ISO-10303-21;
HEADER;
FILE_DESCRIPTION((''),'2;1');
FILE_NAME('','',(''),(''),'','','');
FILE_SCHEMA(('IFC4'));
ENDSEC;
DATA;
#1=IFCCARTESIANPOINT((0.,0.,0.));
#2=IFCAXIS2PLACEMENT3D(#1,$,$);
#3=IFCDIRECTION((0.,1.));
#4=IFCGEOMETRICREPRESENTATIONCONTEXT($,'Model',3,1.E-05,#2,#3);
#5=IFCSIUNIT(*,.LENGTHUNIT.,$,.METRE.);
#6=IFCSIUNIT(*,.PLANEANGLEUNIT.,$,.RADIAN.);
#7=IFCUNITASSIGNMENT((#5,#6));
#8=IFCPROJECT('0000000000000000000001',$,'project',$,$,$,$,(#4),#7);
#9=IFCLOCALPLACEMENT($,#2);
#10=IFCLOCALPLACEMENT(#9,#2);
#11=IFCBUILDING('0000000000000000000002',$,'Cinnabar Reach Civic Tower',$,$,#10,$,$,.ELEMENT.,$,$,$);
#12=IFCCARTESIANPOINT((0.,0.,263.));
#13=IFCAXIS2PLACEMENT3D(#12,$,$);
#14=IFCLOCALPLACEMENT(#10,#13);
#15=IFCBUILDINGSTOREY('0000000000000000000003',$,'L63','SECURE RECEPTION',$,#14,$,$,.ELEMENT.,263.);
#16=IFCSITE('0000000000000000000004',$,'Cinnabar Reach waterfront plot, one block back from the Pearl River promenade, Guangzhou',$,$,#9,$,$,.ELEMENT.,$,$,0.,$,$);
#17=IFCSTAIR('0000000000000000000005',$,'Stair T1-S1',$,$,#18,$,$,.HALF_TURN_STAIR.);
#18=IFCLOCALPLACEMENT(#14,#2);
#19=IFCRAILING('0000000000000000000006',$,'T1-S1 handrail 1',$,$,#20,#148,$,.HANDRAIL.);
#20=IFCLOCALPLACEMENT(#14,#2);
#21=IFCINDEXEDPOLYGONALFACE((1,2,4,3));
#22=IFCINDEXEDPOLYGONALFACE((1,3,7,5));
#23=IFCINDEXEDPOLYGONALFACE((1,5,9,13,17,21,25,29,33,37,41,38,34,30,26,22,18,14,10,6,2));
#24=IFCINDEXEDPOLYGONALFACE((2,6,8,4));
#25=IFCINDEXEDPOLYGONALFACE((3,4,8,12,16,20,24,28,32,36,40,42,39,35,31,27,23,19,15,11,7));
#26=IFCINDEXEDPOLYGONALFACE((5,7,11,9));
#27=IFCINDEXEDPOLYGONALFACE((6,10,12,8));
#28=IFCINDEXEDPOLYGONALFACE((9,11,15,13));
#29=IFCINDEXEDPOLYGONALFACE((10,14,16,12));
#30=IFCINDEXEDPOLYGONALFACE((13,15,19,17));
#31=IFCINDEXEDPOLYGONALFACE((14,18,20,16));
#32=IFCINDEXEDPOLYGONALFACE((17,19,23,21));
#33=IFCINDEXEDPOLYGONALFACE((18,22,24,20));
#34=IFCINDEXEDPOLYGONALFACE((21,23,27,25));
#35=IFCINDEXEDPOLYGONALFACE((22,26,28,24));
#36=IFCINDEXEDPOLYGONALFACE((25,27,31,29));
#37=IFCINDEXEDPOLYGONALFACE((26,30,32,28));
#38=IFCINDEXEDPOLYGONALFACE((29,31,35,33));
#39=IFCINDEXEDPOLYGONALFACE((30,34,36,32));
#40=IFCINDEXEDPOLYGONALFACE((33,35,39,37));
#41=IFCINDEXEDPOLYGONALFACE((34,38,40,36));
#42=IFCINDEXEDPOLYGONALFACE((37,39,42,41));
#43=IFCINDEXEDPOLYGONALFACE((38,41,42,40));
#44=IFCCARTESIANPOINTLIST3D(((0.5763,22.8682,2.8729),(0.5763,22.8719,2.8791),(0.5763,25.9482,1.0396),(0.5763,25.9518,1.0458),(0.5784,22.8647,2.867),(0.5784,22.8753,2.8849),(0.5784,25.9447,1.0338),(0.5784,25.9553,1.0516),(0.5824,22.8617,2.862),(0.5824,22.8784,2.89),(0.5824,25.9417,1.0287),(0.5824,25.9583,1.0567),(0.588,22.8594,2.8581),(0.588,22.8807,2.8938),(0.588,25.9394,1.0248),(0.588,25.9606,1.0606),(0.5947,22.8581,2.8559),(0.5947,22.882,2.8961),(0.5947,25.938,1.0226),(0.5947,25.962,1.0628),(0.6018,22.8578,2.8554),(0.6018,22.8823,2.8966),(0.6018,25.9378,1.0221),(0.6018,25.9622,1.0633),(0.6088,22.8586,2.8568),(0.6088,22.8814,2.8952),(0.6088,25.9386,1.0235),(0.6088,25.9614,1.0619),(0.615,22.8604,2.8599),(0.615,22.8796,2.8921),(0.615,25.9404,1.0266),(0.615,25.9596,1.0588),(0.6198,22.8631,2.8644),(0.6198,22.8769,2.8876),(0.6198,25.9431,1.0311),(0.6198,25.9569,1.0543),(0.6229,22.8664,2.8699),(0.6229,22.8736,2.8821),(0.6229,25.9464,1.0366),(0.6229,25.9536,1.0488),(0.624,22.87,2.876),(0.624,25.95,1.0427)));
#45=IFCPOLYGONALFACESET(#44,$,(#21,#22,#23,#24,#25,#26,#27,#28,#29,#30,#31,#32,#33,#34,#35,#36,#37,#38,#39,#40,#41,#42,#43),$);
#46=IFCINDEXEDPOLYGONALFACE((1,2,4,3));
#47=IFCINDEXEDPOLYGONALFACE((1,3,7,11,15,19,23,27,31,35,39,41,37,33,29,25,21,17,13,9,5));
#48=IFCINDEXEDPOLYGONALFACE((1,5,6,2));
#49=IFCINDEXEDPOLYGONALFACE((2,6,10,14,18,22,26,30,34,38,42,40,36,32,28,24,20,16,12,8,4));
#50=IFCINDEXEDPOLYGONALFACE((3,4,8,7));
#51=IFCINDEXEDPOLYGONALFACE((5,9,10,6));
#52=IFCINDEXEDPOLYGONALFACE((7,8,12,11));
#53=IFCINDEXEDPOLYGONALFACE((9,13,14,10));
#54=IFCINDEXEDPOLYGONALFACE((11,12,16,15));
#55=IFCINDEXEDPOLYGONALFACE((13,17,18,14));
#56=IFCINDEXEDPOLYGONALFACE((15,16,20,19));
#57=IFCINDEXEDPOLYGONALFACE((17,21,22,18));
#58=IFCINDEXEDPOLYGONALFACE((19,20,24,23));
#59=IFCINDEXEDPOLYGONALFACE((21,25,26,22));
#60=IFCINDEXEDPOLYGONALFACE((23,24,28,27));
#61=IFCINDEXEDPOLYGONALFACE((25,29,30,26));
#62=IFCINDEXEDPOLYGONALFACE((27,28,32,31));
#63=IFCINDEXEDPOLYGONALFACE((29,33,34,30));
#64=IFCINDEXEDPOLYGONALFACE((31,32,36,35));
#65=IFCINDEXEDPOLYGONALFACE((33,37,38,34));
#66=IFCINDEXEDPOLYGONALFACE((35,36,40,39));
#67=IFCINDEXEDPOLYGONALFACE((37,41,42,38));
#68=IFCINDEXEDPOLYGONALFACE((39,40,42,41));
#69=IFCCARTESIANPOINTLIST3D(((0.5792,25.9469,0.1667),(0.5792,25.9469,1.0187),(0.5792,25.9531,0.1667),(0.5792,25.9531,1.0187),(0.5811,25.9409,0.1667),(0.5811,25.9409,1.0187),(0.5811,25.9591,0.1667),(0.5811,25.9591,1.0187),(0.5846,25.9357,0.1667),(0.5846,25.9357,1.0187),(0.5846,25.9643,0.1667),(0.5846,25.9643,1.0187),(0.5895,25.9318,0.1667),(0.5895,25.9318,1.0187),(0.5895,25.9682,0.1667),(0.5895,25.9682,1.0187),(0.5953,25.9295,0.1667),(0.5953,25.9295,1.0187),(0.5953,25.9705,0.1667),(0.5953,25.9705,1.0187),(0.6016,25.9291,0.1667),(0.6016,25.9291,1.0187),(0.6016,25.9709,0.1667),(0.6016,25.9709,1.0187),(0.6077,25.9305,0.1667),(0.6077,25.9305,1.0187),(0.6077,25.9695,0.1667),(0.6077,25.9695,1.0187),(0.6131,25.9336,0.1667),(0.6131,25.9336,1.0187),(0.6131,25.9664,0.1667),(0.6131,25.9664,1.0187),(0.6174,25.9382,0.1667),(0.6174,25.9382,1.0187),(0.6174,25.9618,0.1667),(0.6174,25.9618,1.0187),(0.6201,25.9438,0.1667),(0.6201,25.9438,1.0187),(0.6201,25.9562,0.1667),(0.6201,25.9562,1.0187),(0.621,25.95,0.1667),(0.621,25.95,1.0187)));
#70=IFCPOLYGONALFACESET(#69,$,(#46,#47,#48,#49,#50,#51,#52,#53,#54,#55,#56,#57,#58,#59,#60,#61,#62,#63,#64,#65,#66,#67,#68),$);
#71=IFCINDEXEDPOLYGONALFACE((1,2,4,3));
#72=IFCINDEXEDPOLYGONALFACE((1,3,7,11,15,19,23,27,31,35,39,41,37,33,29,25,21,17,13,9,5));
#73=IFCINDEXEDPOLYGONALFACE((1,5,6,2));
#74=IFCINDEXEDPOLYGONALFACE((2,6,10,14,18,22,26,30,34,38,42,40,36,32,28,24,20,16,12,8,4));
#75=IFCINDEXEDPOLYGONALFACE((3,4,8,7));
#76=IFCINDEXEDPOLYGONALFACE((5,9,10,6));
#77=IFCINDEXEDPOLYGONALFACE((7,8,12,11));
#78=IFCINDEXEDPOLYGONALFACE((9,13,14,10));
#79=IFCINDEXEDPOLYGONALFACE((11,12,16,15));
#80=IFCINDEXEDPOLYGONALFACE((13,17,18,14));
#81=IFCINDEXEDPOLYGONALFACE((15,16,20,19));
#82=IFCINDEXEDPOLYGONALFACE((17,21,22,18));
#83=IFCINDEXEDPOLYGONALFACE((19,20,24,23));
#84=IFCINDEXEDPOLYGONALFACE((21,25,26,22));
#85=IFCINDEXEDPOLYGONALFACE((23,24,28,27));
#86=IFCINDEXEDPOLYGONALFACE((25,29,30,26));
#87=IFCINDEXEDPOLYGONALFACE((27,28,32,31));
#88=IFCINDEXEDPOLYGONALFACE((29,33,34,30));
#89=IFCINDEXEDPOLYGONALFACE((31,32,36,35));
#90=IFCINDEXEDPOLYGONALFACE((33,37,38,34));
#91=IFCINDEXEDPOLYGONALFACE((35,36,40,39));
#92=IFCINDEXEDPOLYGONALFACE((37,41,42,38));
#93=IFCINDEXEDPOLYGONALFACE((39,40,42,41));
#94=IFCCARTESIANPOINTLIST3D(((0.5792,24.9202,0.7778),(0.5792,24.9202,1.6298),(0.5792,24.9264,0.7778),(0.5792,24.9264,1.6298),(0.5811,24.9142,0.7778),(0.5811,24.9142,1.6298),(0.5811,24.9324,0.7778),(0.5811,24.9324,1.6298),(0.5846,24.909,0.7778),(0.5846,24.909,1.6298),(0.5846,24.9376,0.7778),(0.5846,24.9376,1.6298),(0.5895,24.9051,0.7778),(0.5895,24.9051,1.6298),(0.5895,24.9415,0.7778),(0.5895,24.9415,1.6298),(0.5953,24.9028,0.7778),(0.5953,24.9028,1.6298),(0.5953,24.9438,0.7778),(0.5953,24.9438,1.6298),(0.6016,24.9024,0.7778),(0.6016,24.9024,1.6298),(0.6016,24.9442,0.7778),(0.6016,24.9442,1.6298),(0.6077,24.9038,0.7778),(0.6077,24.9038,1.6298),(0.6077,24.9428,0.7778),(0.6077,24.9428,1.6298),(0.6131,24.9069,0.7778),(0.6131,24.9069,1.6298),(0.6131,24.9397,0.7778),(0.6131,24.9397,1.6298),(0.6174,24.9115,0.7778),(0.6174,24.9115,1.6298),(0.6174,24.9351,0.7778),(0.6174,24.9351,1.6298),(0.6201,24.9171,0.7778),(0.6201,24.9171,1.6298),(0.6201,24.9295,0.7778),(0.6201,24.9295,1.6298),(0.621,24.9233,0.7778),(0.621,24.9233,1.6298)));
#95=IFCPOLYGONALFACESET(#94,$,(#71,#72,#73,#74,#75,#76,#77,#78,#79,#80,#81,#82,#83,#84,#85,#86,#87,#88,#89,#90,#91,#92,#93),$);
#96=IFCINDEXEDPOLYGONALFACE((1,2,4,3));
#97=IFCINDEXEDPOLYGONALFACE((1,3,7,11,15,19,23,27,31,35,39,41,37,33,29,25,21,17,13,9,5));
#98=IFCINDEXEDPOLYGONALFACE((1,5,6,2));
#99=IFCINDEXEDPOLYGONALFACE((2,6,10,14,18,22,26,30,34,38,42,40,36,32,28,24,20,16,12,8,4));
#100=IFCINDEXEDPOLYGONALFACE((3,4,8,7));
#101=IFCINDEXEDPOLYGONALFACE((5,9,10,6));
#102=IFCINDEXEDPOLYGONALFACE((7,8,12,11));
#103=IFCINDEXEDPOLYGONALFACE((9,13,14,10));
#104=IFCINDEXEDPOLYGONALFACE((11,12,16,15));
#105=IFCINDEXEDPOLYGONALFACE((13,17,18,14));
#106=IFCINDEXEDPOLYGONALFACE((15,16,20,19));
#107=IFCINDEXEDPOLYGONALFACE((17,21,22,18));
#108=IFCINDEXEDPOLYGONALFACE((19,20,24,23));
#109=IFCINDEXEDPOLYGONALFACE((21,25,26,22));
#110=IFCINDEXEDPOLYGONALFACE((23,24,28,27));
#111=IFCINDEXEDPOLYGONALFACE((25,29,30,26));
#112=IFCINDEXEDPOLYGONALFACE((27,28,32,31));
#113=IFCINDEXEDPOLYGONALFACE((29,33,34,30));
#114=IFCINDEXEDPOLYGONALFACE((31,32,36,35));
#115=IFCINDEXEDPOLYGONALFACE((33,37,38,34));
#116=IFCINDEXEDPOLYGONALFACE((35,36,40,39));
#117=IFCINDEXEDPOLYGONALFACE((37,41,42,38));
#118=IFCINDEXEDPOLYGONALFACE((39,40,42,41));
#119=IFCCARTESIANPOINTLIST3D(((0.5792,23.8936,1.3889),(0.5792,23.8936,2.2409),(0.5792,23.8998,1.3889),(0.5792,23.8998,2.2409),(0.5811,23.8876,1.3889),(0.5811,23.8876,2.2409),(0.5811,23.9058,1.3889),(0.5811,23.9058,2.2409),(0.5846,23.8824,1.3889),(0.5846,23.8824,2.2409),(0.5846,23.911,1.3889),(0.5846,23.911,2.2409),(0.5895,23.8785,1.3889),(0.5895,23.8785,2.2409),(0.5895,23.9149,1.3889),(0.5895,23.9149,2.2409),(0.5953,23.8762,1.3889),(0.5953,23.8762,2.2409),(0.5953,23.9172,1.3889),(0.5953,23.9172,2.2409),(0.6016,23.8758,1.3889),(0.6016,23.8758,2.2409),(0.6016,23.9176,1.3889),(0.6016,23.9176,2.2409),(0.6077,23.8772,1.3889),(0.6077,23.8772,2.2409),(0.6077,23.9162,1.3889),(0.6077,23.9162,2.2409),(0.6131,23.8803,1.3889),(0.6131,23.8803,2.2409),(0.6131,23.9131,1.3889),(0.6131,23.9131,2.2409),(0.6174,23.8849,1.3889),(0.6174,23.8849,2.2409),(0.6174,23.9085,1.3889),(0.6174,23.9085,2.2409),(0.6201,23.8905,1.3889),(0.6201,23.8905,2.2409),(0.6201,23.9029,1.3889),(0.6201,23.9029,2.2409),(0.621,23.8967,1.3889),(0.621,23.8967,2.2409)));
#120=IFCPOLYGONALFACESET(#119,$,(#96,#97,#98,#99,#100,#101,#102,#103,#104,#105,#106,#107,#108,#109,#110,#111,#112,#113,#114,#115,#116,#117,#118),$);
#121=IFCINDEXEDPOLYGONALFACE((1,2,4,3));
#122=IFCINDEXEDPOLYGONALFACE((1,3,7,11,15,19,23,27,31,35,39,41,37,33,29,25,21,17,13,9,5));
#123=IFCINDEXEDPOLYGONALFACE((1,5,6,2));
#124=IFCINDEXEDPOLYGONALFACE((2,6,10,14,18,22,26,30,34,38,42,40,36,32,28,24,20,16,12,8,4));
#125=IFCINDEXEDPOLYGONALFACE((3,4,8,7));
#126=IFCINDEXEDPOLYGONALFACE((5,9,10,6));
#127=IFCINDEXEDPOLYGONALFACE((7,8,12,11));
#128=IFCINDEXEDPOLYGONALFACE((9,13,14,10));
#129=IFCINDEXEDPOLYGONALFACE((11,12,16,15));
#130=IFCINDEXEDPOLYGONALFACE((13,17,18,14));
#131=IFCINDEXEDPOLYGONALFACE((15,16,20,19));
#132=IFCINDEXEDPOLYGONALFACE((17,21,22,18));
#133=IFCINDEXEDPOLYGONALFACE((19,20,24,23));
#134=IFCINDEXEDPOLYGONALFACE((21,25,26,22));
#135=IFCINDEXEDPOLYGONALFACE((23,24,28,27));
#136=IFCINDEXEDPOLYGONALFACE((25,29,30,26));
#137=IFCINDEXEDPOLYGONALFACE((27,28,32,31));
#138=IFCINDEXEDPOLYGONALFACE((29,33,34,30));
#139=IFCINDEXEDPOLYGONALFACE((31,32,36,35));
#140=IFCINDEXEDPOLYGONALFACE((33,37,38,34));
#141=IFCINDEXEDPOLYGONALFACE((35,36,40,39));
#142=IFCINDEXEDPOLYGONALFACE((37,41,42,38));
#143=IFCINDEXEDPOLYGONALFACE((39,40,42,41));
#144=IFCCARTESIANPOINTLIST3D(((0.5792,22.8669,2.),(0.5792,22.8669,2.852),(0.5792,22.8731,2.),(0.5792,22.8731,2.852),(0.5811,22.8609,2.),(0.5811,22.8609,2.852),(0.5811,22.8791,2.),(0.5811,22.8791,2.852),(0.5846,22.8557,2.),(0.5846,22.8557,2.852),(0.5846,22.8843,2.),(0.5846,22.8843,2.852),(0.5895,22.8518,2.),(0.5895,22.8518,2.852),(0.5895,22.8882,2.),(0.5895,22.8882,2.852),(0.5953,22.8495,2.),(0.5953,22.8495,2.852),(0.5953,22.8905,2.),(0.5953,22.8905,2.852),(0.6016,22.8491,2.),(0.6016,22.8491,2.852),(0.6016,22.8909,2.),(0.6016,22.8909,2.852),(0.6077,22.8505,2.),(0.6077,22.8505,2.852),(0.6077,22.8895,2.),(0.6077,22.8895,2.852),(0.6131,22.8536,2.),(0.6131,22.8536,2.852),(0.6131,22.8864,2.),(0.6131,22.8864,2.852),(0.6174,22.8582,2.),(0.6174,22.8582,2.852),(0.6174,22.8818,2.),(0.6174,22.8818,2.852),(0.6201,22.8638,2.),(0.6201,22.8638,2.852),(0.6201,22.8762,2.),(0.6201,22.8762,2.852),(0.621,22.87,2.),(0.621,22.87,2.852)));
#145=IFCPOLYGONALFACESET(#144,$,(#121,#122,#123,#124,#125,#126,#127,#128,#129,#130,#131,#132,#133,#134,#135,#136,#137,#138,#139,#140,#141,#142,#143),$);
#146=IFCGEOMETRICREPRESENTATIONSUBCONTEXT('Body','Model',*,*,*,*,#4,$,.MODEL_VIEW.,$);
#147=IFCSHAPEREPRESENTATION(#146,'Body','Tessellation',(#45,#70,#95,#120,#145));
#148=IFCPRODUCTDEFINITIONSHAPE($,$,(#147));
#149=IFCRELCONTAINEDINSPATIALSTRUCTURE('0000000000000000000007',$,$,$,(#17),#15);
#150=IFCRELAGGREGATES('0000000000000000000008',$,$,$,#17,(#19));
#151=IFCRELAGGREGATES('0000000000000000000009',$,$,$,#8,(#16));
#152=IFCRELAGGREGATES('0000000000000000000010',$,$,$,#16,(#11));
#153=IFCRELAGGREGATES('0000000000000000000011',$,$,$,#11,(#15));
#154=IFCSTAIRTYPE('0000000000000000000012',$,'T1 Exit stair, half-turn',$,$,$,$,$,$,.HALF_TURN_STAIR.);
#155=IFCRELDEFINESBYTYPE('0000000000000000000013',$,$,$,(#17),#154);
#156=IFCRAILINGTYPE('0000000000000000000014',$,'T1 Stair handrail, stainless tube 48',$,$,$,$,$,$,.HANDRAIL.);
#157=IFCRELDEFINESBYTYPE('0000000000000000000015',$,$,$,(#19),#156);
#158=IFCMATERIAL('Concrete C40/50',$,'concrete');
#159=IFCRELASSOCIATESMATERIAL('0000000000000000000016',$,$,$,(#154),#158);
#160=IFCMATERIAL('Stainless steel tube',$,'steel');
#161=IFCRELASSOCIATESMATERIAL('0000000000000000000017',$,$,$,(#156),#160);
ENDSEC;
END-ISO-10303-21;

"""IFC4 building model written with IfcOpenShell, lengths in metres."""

from ifc_helpers import new_model, si_unit, direction, frame, origin, origin_2d, place, context, subcontext, project, spatial, circle, extrude, material, type_object, element, aggregate, save


model = new_model("IFC4")

# Units and contexts
model_context = context("Model", 3, precision=1e-05, world=origin(), true_north=direction((0.0, 1.0)))
body_context = subcontext(model_context, "Body", "Model", "MODEL_VIEW")
ifc_project = project(units=[si_unit("LENGTHUNIT", "METRE"), si_unit("PLANEANGLEUNIT", "RADIAN")], contexts=[model_context])

# Site, building, storey
site_placement = place(None, origin())
site = spatial("IfcSite", under=ifc_project, at=site_placement, Name="Cinnabar Reach waterfront plot, one block back from the Pearl River promenade, Guangzhou", CompositionType="ELEMENT", RefElevation=0.0)
building_placement = place(site_placement, origin())
building = spatial("IfcBuilding", under=site, at=building_placement, Name="Cinnabar Reach Civic Tower", CompositionType="ELEMENT")
storey_placement = place(building_placement, frame((0.0, 0.0, 263.0)))
storey = spatial("IfcBuildingStorey", under=building, at=storey_placement, Name="L63", Description="SECURE RECEPTION", CompositionType="ELEMENT", Elevation=263.0)

# Shared definitions
ifc_material_1 = material(Name="Concrete C40/50", Category="concrete")

# Stair, railing
stair_type = type_object("IfcStairType", Name="T1 Exit stair, half-turn", PredefinedType="HALF_TURN_STAIR", material=ifc_material_1)
stair_placement = place(storey_placement, origin())
stair = element("IfcStair", 1, at=stair_placement, inside=storey, type_object=stair_type, Name="Stair T1-S1", PredefinedType="HALF_TURN_STAIR")
ifc_material_2 = material(Name="Stainless steel tube", Category="steel")
railing_type = type_object("IfcRailingType", Name="T1 Stair handrail, stainless tube 48", PredefinedType="HANDRAIL", material=ifc_material_2)
railing_1_placement = place(storey_placement, frame((0.6, 25.95, 0.1667)))
railing_1 = element("IfcRailing", 2, at=railing_1_placement, type_object=railing_type, Name="T1-S1 handrail 1", PredefinedType="HANDRAIL", context=body_context, shape_type="SweptSolid", body=[
    extrude(circle(Radius=0.024, at=origin_2d()), frame((0.0, 0.0, 0.876), z_axis=(0.0, -0.859297, 0.511477), x_axis=(1.0, 0.0, 0.0)), (0.0, 0.0, 1.0), 3.5843),
    extrude(circle(Radius=0.021, at=origin_2d()), origin(), (0.0, 0.0, 1.0), 0.852),
    extrude(circle(Radius=0.021, at=origin_2d()), frame((0.0, -1.0267, 0.6111)), (0.0, 0.0, 1.0), 0.852),
    extrude(circle(Radius=0.021, at=origin_2d()), frame((0.0, -2.0533, 1.2222)), (0.0, 0.0, 1.0), 0.852),
    extrude(circle(Radius=0.021, at=origin_2d()), frame((0.0, -3.08, 1.8333)), (0.0, 0.0, 1.0), 0.852),
])
aggregate(stair, [railing_1])

save(model, "model.ifc")
